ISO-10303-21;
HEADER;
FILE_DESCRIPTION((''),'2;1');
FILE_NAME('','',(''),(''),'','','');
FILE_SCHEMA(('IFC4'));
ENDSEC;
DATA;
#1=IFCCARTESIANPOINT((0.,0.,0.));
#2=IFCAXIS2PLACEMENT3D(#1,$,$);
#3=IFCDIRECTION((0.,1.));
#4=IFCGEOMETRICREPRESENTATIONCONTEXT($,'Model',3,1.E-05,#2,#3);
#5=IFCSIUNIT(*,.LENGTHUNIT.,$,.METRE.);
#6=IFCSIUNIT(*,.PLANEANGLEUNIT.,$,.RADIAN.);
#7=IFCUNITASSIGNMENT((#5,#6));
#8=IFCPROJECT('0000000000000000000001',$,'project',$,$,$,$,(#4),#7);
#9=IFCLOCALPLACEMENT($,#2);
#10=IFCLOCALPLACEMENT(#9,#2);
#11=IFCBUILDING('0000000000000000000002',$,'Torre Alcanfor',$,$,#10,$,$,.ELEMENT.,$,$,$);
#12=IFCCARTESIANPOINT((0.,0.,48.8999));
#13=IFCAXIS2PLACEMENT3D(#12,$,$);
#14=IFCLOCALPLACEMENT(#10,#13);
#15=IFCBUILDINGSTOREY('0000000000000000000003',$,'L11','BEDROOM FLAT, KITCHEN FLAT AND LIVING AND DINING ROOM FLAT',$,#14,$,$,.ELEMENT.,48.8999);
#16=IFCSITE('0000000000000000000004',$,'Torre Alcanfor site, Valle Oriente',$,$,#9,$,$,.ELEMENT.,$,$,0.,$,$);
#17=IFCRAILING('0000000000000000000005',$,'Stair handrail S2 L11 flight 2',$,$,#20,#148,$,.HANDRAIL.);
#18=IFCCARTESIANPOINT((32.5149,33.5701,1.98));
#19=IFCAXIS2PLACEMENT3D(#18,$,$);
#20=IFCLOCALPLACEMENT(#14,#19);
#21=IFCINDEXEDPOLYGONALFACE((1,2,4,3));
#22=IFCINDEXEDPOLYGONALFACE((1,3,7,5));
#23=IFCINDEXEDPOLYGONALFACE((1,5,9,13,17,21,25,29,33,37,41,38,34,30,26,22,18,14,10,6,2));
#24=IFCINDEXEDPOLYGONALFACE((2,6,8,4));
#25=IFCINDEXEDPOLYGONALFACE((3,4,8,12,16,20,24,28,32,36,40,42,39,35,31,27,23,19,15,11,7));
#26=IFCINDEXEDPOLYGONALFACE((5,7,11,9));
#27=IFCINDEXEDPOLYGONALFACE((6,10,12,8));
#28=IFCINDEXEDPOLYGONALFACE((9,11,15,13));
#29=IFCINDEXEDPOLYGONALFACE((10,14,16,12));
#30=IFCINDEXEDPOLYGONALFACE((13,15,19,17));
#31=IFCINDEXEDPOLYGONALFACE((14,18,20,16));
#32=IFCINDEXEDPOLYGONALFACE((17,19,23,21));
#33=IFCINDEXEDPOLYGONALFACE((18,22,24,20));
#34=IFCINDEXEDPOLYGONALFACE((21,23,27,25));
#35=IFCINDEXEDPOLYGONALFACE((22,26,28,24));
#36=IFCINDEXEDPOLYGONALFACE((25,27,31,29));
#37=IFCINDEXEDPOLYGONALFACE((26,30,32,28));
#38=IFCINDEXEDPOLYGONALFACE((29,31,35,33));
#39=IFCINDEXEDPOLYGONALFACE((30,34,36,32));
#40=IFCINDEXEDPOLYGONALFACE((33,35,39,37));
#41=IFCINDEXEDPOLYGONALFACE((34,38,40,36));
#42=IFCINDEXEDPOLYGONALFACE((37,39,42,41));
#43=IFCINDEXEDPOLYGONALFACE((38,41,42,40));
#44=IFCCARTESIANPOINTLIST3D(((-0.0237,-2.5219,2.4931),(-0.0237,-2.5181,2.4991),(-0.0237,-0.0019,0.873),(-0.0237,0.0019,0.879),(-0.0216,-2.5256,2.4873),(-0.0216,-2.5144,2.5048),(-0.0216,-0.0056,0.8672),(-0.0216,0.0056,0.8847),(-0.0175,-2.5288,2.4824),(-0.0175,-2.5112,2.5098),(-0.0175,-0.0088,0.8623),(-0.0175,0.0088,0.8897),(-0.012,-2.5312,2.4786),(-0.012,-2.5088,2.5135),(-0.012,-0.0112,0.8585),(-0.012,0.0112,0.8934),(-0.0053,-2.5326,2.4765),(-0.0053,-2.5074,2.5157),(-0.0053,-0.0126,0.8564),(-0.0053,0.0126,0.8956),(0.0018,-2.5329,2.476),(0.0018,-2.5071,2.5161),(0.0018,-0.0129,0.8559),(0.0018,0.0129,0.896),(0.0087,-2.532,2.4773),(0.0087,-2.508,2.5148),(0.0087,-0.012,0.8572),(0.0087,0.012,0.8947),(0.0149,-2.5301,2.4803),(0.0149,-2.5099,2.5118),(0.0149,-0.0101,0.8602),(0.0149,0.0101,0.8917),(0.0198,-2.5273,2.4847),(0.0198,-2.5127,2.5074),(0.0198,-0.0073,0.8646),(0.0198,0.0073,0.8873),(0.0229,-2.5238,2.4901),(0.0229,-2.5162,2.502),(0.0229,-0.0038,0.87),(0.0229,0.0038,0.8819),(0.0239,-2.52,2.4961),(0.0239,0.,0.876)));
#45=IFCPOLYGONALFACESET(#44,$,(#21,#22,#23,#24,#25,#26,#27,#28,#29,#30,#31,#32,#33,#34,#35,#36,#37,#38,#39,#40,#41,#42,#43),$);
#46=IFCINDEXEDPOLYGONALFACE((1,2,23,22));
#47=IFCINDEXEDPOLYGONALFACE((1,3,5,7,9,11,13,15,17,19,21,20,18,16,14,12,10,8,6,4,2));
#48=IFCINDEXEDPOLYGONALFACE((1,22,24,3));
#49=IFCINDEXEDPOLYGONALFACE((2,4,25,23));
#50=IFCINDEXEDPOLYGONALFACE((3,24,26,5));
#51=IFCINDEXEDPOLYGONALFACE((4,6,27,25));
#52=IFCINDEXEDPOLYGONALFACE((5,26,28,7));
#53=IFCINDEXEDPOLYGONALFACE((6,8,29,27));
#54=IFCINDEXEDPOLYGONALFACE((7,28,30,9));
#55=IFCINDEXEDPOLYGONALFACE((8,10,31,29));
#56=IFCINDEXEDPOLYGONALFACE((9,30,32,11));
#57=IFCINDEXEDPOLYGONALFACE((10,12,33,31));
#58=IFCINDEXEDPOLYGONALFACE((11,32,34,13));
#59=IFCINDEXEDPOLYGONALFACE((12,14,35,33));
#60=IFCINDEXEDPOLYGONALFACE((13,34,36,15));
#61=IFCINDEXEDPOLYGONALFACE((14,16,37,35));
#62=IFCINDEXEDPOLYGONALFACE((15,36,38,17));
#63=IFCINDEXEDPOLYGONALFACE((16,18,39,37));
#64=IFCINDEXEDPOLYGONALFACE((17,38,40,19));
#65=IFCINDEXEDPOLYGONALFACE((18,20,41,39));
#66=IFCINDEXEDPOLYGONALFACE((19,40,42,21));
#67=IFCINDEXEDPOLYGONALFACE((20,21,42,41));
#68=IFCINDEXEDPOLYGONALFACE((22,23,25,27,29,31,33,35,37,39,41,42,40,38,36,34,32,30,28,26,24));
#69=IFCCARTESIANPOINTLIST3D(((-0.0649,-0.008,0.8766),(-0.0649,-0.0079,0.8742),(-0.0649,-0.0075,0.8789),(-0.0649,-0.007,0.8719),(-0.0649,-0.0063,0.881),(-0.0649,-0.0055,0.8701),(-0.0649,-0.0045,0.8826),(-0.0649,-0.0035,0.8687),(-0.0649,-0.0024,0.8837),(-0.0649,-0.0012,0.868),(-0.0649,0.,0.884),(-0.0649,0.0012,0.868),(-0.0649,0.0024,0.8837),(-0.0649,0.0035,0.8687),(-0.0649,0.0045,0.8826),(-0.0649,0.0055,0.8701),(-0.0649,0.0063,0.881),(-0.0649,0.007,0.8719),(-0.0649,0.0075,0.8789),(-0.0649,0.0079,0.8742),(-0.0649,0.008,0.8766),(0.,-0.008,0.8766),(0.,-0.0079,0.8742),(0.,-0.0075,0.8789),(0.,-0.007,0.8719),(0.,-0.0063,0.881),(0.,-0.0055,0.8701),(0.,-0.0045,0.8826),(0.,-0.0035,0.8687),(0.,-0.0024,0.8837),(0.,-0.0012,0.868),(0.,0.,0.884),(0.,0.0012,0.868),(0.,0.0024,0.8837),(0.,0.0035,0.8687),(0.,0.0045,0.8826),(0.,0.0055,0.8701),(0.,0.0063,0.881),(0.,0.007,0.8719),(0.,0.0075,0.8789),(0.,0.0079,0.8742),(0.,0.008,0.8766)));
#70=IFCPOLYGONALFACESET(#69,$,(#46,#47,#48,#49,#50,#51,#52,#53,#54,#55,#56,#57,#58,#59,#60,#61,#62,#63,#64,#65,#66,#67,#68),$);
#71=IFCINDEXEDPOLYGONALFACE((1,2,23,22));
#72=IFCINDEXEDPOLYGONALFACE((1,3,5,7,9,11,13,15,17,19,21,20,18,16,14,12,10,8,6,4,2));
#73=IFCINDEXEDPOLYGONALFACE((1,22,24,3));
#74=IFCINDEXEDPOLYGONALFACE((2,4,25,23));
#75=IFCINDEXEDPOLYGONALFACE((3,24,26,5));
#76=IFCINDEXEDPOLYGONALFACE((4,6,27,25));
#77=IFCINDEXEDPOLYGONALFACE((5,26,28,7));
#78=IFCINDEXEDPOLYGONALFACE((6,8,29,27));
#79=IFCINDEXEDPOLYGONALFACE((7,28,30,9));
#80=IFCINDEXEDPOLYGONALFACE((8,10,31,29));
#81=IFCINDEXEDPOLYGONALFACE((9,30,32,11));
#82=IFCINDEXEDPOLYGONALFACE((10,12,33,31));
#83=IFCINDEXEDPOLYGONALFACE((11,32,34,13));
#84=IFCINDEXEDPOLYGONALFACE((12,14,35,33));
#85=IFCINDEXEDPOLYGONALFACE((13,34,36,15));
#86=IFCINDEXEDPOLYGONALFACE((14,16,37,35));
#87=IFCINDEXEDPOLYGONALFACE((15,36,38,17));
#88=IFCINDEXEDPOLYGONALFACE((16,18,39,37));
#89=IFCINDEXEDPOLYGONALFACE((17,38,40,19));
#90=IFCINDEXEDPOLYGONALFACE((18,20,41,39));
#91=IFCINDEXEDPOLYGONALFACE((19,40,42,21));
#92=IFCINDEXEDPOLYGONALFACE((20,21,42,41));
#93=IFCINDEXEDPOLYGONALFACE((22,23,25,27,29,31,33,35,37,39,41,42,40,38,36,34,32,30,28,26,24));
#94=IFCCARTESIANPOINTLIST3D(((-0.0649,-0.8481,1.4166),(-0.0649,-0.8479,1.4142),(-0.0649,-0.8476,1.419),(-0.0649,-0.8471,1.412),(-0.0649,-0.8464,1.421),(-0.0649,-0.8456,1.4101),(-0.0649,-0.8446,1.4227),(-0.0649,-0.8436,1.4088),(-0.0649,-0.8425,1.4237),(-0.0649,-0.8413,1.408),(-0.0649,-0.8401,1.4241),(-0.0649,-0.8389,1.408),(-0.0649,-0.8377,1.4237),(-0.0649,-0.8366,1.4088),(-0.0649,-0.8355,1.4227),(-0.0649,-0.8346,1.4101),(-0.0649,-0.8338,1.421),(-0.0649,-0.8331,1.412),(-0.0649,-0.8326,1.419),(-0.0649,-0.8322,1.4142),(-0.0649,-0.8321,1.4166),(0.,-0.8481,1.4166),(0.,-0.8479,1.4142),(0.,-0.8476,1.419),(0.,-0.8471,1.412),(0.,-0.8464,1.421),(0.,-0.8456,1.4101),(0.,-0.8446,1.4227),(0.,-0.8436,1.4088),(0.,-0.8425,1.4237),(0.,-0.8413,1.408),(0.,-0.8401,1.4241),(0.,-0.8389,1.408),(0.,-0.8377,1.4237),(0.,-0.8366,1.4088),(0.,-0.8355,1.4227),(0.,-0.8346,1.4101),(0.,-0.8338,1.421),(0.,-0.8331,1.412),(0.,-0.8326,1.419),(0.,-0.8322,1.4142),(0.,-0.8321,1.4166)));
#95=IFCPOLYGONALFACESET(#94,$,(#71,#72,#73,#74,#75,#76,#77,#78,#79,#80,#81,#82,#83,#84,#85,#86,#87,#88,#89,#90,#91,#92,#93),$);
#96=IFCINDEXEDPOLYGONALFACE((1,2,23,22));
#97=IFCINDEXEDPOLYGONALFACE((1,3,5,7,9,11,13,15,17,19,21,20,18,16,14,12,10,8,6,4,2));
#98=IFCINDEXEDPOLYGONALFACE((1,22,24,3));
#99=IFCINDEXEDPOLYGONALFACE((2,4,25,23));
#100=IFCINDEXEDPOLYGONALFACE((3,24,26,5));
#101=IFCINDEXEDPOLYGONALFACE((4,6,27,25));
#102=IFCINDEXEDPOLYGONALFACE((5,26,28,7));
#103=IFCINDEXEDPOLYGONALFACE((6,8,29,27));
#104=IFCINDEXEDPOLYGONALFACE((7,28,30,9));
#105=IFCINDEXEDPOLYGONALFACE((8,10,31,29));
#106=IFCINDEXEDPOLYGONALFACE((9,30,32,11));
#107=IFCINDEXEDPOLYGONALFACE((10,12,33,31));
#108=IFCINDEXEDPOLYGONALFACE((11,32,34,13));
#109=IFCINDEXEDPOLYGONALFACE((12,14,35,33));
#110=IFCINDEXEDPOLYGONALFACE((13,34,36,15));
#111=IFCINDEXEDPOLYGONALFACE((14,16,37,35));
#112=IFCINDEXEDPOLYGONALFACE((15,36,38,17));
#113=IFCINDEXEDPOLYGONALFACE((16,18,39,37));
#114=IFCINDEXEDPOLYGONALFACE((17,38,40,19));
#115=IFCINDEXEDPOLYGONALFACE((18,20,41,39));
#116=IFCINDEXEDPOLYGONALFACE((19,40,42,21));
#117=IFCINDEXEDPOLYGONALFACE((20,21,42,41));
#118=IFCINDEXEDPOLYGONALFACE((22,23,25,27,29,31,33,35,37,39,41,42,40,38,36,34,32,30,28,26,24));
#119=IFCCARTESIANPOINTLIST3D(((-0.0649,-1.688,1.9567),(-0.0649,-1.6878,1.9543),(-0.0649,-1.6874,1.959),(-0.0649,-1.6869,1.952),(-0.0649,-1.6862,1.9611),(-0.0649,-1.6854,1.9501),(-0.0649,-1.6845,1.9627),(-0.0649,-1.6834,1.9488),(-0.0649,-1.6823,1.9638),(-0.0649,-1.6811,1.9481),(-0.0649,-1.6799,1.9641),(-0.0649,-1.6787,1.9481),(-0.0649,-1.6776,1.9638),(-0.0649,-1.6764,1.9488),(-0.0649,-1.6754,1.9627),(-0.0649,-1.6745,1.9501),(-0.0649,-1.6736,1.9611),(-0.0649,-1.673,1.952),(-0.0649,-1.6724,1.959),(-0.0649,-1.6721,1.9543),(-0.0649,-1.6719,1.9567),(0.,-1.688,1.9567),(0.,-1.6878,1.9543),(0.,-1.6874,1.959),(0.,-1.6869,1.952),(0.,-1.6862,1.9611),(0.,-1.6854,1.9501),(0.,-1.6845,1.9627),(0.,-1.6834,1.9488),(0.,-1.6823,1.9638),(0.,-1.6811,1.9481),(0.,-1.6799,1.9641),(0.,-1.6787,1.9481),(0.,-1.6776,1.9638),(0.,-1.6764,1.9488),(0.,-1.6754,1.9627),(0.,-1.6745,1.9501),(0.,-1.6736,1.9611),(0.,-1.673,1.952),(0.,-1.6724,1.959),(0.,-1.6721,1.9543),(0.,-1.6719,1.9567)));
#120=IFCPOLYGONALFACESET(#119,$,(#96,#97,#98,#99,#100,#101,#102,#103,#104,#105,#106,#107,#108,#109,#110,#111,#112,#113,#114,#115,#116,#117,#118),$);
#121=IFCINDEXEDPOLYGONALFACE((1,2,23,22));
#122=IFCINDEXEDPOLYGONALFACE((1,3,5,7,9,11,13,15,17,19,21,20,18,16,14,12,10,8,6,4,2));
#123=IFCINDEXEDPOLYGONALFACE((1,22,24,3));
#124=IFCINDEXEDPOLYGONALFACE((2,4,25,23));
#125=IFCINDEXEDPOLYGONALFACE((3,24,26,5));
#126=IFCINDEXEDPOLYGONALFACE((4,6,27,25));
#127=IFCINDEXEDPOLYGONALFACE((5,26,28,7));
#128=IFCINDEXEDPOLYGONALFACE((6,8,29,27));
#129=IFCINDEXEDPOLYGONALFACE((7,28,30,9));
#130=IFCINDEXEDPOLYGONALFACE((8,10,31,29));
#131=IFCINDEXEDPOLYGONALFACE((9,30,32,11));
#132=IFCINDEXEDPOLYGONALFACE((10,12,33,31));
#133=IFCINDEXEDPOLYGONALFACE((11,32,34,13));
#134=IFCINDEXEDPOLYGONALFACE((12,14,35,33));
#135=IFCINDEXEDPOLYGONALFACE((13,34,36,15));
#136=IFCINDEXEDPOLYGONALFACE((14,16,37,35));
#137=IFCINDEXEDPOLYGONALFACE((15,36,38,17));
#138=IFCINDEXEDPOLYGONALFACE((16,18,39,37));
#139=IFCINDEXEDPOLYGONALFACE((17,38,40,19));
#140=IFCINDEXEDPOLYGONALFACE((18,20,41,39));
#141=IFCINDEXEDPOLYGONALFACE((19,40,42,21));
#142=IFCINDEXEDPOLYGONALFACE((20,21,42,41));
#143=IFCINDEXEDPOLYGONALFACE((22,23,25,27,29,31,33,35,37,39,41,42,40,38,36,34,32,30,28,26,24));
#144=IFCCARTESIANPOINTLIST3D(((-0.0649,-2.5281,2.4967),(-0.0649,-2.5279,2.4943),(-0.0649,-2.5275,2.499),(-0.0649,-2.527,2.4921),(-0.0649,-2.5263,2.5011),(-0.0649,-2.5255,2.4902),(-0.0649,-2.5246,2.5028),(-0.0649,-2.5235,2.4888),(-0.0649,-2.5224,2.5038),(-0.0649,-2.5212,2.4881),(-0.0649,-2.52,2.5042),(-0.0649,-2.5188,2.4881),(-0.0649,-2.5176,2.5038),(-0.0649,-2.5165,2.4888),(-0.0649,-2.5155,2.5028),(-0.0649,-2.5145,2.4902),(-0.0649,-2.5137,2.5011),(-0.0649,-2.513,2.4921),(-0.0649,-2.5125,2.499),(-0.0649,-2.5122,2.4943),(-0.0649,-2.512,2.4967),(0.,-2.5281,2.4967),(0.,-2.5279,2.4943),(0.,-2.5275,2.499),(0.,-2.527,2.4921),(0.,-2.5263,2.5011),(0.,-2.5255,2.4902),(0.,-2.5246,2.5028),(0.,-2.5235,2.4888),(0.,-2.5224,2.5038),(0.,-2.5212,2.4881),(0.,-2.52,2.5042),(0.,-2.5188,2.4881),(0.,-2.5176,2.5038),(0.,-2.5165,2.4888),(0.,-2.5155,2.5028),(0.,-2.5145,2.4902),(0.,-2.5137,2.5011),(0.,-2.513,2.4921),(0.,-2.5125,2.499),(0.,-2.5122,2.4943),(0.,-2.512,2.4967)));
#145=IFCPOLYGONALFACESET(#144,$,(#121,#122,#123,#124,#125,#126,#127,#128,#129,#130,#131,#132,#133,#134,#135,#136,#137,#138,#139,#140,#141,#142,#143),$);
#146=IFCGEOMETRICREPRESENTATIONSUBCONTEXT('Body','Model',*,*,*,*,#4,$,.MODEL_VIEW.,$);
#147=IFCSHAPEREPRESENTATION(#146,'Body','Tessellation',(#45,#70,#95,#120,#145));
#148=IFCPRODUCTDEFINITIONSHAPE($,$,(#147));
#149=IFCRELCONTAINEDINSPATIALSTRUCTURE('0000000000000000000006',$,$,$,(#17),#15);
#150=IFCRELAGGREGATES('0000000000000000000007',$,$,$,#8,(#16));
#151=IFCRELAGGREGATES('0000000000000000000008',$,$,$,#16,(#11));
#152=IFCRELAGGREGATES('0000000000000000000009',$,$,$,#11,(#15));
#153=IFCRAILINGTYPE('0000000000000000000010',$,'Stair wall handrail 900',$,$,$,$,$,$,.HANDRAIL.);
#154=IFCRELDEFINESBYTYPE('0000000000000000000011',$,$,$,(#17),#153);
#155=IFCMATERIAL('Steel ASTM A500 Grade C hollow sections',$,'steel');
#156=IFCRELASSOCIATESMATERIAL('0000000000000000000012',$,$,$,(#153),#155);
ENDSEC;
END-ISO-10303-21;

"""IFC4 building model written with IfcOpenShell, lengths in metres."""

from ifc_helpers import new_model, si_unit, direction, frame, origin, origin_2d, place, context, subcontext, project, spatial, circle, extrude, material, type_object, element, save


model = new_model("IFC4")

# Units and contexts
model_context = context("Model", 3, precision=1e-05, world=origin(), true_north=direction((0.0, 1.0)))
body_context = subcontext(model_context, "Body", "Model", "MODEL_VIEW")
ifc_project = project(units=[si_unit("LENGTHUNIT", "METRE"), si_unit("PLANEANGLEUNIT", "RADIAN")], contexts=[model_context])

# Site, building, storey
site_placement = place(None, origin())
site = spatial("IfcSite", under=ifc_project, at=site_placement, Name="Torre Alcanfor site, Valle Oriente", CompositionType="ELEMENT", RefElevation=0.0)
building_placement = place(site_placement, origin())
building = spatial("IfcBuilding", under=site, at=building_placement, Name="Torre Alcanfor", CompositionType="ELEMENT")
storey_placement = place(building_placement, frame((0.0, 0.0, 48.8999)))
storey = spatial("IfcBuildingStorey", under=building, at=storey_placement, Name="L11", Description="BEDROOM FLAT, KITCHEN FLAT AND LIVING AND DINING ROOM FLAT", CompositionType="ELEMENT", Elevation=48.8999)

# Railing
ifc_material_1 = material(Name="Steel ASTM A500 Grade C hollow sections", Category="steel")
railing_type_1 = type_object("IfcRailingType", Name="Stair wall handrail 900", PredefinedType="HANDRAIL", material=ifc_material_1)
railing_1_placement = place(storey_placement, frame((32.5149, 33.5701, 1.98)))
element("IfcRailing", 1, at=railing_1_placement, inside=storey, type_object=railing_type_1, Name="Stair handrail S2 L11 flight 2", PredefinedType="HANDRAIL", context=body_context, shape_type="SweptSolid", body=[
    extrude(circle(Radius=0.0239, at=origin_2d()), frame((0.0, 0.0, 0.876), z_axis=(0.0, -0.841163, 0.540782), x_axis=(1.0, 0.0, 0.0)), (0.0, 0.0, 1.0), 2.9958),
    extrude(circle(Radius=0.0081, at=origin_2d()), frame((0.0, 0.0, 0.876), z_axis=(-1.0, 0.0, 0.0), x_axis=(0.0, 0.0, 1.0)), (0.0, 0.0, 1.0), 0.0649),
    extrude(circle(Radius=0.0081, at=origin_2d()), frame((0.0, -0.8401, 1.416), z_axis=(-1.0, 0.0, 0.0), x_axis=(0.0, 0.0, 1.0)), (0.0, 0.0, 1.0), 0.0649),
    extrude(circle(Radius=0.0081, at=origin_2d()), frame((0.0, -1.6799, 1.9561), z_axis=(-1.0, 0.0, 0.0), x_axis=(0.0, 0.0, 1.0)), (0.0, 0.0, 1.0), 0.0649),
    extrude(circle(Radius=0.0081, at=origin_2d()), frame((0.0, -2.52, 2.4961), z_axis=(-1.0, 0.0, 0.0), x_axis=(0.0, 0.0, 1.0)), (0.0, 0.0, 1.0), 0.0649),
])

save(model, "model.ifc")
